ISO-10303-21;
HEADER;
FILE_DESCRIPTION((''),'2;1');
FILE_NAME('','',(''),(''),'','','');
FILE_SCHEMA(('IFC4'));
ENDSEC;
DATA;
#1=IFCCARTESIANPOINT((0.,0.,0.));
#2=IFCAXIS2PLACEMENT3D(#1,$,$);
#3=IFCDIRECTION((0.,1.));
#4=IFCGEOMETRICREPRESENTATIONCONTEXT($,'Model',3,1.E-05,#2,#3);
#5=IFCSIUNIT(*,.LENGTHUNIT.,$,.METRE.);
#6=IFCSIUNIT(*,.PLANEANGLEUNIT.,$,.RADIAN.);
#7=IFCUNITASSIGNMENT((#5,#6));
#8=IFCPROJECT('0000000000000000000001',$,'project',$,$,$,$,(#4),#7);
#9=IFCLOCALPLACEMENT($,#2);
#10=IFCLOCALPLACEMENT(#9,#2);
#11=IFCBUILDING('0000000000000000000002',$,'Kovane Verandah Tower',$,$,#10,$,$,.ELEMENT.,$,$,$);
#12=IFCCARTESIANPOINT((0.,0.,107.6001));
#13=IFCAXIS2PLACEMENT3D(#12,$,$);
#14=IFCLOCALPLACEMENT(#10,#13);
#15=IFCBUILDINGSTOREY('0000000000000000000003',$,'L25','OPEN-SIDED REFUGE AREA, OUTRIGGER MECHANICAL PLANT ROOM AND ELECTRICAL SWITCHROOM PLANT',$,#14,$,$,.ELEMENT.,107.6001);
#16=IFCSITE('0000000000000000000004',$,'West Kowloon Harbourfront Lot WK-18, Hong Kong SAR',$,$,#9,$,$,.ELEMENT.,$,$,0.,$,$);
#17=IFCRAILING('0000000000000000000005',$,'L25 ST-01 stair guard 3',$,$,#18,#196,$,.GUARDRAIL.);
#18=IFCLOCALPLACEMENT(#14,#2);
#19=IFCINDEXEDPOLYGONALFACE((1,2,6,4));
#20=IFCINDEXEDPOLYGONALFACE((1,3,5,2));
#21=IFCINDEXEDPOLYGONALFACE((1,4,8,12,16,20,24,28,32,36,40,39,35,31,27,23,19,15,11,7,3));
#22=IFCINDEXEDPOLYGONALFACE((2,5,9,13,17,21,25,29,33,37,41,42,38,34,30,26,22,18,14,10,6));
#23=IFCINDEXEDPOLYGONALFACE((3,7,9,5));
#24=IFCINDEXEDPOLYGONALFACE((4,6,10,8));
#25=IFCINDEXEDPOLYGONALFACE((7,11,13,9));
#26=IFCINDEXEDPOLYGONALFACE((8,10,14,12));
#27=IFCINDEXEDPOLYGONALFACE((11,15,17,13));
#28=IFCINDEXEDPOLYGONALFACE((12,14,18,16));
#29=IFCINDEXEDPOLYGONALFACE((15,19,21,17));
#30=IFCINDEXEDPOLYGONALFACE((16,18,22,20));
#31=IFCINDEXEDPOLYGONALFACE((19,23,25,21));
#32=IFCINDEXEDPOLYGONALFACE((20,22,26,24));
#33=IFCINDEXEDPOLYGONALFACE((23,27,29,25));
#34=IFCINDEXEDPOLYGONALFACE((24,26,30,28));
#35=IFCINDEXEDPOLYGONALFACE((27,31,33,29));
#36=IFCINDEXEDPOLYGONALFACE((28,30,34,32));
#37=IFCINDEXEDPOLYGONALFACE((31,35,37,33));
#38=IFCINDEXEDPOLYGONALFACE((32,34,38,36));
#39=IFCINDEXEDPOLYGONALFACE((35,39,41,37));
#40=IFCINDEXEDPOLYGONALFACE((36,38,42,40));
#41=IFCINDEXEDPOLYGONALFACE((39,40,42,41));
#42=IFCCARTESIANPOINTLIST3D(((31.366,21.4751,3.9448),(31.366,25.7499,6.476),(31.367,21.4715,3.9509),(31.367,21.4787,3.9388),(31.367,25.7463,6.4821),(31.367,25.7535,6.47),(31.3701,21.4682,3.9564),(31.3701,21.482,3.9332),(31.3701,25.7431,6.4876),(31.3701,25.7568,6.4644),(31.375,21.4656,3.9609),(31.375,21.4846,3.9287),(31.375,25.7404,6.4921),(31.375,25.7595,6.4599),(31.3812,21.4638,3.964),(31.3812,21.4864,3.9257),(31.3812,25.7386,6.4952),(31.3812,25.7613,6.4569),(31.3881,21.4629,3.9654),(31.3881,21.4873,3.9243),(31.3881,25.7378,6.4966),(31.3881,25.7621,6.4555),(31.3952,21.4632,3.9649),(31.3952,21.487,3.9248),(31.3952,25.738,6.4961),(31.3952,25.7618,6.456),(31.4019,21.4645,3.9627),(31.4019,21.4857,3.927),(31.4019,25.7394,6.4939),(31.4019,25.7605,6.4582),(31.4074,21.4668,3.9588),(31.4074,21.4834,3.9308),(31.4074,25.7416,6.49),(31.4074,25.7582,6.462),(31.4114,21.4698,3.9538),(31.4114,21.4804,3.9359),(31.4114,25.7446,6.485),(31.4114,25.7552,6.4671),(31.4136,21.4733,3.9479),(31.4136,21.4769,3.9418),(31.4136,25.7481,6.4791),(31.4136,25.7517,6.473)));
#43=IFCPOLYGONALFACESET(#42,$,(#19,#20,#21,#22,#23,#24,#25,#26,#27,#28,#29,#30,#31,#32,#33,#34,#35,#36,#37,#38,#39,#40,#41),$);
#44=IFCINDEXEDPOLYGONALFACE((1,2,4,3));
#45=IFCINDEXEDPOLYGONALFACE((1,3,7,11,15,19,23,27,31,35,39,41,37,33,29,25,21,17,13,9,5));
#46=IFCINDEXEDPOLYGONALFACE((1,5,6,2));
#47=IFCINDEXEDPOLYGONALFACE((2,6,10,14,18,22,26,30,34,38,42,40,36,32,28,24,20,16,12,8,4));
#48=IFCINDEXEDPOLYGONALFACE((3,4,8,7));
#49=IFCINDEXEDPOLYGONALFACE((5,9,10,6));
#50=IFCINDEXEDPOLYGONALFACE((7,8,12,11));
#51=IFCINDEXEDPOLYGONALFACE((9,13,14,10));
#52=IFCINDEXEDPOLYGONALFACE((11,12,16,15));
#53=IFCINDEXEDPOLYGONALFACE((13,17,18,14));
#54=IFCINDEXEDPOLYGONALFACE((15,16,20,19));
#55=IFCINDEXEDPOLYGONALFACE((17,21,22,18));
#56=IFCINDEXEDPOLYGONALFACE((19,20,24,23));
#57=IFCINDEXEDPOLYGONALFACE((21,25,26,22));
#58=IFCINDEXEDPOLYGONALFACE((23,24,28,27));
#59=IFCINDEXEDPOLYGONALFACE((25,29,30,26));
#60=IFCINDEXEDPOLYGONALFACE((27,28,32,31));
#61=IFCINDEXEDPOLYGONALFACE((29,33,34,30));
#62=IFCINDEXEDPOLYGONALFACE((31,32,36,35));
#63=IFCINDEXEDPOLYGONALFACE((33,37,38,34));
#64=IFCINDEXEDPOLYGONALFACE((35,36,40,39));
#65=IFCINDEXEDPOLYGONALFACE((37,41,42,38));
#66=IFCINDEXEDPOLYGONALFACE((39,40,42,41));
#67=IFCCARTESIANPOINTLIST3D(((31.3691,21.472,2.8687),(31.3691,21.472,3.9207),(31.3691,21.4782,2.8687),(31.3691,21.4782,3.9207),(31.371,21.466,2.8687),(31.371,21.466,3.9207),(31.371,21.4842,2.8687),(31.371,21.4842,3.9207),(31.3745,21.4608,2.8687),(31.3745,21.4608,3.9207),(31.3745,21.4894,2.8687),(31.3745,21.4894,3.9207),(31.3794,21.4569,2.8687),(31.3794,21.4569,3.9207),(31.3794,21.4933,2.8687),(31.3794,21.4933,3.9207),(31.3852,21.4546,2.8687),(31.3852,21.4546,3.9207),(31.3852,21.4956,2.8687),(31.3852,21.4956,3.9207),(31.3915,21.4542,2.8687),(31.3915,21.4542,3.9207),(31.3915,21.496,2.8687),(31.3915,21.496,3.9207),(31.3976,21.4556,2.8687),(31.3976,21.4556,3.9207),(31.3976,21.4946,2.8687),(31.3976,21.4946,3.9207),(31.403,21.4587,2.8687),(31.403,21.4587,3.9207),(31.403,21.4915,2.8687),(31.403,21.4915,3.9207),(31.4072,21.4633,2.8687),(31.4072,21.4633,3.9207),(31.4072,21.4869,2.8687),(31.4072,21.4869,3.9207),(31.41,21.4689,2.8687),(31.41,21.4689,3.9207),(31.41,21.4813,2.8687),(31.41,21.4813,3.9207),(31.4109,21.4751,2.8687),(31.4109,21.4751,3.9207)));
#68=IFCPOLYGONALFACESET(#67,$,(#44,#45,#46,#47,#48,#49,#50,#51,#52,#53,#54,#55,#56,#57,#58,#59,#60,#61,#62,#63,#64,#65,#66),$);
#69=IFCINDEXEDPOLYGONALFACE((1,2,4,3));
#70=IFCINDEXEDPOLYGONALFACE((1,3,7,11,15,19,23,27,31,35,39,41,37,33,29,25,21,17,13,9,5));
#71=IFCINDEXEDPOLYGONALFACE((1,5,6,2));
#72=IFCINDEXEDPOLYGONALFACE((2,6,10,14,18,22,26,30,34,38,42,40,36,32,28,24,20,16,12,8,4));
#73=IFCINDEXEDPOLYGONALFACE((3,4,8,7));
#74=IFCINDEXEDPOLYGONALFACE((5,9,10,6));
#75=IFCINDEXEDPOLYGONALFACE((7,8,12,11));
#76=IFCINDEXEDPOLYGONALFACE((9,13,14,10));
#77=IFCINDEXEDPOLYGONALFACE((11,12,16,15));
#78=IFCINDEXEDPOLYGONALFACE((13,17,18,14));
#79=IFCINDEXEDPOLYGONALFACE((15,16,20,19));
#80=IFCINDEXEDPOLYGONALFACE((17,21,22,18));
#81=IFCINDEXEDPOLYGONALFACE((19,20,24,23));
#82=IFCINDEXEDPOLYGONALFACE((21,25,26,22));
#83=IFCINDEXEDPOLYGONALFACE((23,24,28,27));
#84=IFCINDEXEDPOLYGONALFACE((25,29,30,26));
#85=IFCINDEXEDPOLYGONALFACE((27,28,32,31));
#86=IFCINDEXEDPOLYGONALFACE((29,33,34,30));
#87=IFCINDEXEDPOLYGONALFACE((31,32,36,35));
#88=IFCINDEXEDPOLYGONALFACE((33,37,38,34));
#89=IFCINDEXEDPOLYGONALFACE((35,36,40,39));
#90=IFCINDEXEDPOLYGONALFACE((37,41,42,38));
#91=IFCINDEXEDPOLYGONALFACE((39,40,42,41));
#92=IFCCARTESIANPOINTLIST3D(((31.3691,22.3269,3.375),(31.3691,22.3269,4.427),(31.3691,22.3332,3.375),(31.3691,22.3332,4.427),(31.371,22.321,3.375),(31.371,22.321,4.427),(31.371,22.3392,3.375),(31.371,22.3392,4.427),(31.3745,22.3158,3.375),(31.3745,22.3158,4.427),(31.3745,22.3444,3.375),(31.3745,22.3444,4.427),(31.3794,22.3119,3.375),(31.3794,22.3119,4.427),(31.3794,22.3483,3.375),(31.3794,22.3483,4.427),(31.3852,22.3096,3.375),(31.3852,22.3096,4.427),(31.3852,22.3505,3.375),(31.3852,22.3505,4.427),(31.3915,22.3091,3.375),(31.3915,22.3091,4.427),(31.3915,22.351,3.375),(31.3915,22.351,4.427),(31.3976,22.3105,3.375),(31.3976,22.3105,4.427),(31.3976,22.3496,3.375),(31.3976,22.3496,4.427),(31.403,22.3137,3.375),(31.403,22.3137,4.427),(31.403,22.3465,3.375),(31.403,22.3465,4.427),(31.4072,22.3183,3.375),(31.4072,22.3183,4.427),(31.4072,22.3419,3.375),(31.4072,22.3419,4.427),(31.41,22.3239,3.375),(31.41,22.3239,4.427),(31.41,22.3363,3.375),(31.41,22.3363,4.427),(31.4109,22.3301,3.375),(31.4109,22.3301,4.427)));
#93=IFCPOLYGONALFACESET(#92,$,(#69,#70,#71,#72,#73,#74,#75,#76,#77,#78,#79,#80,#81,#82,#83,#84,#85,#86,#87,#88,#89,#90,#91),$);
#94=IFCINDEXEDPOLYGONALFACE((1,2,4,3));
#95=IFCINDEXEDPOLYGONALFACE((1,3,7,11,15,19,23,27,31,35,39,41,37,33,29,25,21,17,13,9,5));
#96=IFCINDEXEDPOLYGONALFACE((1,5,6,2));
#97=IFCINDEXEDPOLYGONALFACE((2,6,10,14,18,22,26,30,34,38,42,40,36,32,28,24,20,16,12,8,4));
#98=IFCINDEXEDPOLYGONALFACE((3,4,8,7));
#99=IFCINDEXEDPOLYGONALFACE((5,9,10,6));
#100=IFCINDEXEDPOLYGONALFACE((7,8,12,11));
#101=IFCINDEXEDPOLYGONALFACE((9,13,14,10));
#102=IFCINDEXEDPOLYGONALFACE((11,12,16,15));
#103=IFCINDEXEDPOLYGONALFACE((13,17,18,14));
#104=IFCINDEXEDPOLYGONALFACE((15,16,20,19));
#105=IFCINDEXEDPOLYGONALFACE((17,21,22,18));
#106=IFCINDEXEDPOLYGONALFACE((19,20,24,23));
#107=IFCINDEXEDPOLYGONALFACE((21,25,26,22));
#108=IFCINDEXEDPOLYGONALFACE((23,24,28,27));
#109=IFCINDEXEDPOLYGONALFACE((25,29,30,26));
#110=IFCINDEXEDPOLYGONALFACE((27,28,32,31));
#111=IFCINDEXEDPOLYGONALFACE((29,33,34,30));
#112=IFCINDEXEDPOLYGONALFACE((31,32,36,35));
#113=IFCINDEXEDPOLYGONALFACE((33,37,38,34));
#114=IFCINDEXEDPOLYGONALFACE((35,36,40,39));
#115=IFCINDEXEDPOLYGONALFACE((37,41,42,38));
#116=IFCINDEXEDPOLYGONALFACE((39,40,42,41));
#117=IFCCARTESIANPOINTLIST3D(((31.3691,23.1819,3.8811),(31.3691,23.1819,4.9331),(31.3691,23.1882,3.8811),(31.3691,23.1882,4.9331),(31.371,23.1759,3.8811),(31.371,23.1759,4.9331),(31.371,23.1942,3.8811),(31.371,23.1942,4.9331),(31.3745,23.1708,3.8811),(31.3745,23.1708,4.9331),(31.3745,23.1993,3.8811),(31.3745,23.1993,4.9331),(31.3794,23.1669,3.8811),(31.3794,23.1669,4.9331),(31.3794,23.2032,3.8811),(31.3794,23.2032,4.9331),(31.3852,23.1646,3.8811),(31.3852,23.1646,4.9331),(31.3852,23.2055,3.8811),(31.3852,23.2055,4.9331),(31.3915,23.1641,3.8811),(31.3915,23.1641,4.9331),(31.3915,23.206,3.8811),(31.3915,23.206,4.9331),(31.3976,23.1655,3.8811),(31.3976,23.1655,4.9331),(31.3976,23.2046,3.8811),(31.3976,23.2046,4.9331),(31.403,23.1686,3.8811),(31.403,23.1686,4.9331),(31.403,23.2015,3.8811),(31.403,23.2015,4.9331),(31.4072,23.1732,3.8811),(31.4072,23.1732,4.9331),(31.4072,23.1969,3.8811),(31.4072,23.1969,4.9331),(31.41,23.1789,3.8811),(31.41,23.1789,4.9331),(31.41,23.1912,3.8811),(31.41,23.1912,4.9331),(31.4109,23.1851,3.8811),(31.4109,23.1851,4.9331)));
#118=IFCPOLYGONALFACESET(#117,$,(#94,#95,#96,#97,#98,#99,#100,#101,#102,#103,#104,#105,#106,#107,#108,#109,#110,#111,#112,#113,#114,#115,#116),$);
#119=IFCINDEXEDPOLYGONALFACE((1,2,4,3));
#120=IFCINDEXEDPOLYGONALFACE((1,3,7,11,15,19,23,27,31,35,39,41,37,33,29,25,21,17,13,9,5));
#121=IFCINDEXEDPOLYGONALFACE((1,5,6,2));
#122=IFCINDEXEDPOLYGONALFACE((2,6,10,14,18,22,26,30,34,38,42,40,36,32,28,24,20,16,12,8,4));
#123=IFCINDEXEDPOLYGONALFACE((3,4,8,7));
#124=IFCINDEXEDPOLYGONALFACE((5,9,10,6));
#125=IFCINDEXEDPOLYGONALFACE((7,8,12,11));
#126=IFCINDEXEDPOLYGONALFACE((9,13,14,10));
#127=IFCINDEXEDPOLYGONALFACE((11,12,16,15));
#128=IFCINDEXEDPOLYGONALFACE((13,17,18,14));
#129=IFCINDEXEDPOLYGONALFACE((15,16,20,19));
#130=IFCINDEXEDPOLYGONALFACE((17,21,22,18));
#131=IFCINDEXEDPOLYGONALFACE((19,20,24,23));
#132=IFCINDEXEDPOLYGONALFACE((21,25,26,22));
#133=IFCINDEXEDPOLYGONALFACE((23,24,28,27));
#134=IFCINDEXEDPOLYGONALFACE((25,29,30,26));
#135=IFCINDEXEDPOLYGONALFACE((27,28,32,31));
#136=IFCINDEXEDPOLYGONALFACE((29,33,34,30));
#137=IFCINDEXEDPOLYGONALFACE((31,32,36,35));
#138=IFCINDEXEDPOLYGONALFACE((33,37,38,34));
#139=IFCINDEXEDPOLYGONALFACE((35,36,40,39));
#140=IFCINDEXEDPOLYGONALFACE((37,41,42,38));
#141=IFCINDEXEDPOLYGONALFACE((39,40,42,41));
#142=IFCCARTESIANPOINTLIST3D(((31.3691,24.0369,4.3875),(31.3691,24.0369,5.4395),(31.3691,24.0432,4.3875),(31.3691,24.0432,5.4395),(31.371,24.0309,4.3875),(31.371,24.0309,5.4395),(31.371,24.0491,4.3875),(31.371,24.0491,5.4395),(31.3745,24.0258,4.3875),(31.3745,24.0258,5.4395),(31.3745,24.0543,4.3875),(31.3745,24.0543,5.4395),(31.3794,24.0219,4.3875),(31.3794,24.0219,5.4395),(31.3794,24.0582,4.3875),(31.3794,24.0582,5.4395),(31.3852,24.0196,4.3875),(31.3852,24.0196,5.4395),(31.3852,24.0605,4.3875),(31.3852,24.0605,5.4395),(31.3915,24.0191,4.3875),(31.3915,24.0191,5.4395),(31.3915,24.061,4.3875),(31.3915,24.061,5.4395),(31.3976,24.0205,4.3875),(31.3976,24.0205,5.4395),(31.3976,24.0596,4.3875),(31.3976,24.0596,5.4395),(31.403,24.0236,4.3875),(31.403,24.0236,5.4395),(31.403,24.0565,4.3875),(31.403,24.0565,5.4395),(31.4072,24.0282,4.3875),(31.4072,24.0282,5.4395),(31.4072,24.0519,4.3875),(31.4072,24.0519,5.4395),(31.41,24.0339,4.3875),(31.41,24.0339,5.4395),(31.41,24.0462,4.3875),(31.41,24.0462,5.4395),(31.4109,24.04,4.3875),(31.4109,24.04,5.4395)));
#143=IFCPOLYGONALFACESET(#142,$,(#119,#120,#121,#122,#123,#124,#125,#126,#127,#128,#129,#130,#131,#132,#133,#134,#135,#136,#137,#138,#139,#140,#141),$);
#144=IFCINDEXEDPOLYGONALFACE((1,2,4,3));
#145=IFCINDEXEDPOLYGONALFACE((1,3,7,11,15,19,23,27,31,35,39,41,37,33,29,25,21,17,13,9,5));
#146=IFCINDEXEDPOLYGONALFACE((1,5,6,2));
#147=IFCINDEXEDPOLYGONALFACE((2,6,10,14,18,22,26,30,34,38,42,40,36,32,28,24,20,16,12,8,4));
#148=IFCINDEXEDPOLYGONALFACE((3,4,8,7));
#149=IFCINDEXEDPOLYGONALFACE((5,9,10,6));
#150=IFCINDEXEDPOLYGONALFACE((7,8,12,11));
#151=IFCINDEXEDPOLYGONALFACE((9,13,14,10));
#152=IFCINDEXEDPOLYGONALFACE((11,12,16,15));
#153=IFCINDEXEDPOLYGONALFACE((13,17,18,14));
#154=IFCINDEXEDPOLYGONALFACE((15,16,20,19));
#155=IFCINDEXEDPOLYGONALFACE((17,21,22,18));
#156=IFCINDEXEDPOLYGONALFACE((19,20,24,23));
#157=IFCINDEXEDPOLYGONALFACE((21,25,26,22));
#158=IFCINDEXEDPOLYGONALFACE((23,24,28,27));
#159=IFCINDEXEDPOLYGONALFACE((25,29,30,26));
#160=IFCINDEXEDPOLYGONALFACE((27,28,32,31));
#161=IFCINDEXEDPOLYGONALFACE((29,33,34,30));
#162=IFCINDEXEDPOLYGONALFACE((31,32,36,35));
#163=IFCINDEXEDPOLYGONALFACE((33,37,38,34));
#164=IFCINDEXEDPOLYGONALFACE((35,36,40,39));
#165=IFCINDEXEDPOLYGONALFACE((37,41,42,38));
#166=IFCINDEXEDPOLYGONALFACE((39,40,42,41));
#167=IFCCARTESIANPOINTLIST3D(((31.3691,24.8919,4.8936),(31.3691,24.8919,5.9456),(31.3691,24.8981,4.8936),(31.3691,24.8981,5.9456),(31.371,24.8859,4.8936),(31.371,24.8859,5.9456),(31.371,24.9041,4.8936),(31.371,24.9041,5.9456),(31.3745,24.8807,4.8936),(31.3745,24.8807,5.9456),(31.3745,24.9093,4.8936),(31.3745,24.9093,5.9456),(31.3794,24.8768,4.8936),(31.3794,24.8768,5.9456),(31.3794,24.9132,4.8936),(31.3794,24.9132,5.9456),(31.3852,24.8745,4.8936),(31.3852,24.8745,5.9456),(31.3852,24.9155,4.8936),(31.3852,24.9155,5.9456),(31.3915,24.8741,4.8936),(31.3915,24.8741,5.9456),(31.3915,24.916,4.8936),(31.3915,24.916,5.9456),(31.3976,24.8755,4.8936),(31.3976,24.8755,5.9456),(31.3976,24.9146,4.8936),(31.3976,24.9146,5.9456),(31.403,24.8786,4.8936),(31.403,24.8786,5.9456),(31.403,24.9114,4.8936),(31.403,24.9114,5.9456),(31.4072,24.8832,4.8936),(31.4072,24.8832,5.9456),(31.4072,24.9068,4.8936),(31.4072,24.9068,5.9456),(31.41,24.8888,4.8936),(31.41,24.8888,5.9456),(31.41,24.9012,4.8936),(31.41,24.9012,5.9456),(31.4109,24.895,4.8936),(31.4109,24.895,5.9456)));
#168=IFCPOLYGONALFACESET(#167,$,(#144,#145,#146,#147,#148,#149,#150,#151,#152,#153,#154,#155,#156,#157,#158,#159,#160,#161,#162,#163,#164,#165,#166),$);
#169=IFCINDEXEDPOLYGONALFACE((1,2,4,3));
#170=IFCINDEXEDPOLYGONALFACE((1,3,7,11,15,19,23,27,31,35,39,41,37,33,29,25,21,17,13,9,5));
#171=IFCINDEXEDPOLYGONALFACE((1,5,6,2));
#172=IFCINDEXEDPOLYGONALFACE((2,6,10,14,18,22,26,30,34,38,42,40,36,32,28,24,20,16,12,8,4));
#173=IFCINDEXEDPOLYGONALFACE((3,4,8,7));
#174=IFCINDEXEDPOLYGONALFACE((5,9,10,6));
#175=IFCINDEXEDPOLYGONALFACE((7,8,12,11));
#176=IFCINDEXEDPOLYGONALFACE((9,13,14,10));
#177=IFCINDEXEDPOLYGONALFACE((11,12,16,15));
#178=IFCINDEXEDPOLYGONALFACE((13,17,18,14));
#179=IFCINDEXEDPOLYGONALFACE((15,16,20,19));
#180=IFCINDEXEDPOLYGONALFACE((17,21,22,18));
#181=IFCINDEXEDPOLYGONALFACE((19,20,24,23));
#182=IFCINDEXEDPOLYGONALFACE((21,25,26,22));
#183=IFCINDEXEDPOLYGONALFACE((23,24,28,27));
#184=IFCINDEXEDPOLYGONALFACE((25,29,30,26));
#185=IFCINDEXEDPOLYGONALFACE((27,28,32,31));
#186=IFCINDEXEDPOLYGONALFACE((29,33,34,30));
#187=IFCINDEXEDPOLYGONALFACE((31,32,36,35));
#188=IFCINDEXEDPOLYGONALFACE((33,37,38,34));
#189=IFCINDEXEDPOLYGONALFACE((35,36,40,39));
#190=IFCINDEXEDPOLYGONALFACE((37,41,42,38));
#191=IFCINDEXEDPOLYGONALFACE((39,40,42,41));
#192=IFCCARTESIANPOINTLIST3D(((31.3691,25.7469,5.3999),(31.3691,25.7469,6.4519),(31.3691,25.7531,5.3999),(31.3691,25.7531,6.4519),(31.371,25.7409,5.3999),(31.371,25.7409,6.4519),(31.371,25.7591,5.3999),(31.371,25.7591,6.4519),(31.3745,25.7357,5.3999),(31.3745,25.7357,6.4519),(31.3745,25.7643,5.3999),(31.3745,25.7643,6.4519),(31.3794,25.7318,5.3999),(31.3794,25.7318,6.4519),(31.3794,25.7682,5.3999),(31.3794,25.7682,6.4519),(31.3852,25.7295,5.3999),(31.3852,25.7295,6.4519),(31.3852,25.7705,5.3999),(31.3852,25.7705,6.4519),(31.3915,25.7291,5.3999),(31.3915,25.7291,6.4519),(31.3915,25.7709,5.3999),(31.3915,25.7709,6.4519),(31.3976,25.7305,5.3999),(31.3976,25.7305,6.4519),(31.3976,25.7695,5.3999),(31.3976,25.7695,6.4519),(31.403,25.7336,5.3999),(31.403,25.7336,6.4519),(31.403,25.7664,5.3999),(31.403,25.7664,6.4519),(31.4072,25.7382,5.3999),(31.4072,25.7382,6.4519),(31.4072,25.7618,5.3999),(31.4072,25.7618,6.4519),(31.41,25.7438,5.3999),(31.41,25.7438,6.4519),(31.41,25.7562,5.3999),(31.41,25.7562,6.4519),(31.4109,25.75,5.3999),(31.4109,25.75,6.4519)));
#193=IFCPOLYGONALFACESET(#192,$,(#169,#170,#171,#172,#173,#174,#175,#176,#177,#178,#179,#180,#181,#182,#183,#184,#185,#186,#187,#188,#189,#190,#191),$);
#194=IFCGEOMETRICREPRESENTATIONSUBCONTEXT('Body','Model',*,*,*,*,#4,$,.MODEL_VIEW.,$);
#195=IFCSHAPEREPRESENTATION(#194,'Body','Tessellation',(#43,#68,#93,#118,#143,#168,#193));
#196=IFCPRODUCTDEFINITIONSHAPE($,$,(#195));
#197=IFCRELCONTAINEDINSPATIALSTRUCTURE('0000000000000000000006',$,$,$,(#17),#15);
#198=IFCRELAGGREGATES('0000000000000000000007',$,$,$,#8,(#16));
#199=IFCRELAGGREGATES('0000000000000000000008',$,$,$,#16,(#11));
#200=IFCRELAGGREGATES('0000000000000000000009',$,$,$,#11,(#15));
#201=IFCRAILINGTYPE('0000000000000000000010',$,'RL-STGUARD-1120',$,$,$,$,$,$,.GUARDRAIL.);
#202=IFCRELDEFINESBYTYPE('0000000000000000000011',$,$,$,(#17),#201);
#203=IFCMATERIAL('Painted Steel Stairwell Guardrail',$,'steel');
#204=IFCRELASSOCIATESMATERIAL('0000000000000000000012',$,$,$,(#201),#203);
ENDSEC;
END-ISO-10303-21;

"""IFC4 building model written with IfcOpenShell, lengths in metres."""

from ifc_helpers import new_model, si_unit, direction, frame, origin, origin_2d, place, context, subcontext, project, spatial, circle, extrude, material, type_object, element, save


model = new_model("IFC4")

# Units and contexts
model_context = context("Model", 3, precision=1e-05, world=origin(), true_north=direction((0.0, 1.0)))
body_context = subcontext(model_context, "Body", "Model", "MODEL_VIEW")
ifc_project = project(units=[si_unit("LENGTHUNIT", "METRE"), si_unit("PLANEANGLEUNIT", "RADIAN")], contexts=[model_context])

# Site, building, storey
site_placement = place(None, origin())
site = spatial("IfcSite", under=ifc_project, at=site_placement, Name="West Kowloon Harbourfront Lot WK-18, Hong Kong SAR", CompositionType="ELEMENT", RefElevation=0.0)
building_placement = place(site_placement, origin())
building = spatial("IfcBuilding", under=site, at=building_placement, Name="Kovane Verandah Tower", CompositionType="ELEMENT")
storey_placement = place(building_placement, frame((0.0, 0.0, 107.6001)))
storey = spatial("IfcBuildingStorey", under=building, at=storey_placement, Name="L25", Description="OPEN-SIDED REFUGE AREA, OUTRIGGER MECHANICAL PLANT ROOM AND ELECTRICAL SWITCHROOM PLANT", CompositionType="ELEMENT", Elevation=107.6001)

# Railing
ifc_material_1 = material(Name="Painted Steel Stairwell Guardrail", Category="steel")
railing_type_1 = type_object("IfcRailingType", Name="RL-STGUARD-1120", PredefinedType="GUARDRAIL", material=ifc_material_1)
railing_1_placement = place(storey_placement, frame((31.3899, 21.4751, 2.8687)))
element("IfcRailing", 1, at=railing_1_placement, inside=storey, type_object=railing_type_1, Name="L25 ST-01 stair guard 3", PredefinedType="GUARDRAIL", context=body_context, shape_type="SweptSolid", body=[
    extrude(circle(Radius=0.0239, at=origin_2d()), frame((0.0, 0.0, 1.0762), z_axis=(0.0, 0.86047, 0.509501), x_axis=(-1.0, 0.0, 0.0)), (0.0, 0.0, 1.0), 4.968),
    extrude(circle(Radius=0.021, at=origin_2d()), origin(), (0.0, 0.0, 1.0), 1.052),
    extrude(circle(Radius=0.021, at=origin_2d()), frame((0.0, 0.855, 0.5063)), (0.0, 0.0, 1.0), 1.052),
    extrude(circle(Radius=0.021, at=origin_2d()), frame((0.0, 1.71, 1.0125)), (0.0, 0.0, 1.0), 1.052),
    extrude(circle(Radius=0.021, at=origin_2d()), frame((0.0, 2.5649, 1.5188)), (0.0, 0.0, 1.0), 1.052),
    extrude(circle(Radius=0.021, at=origin_2d()), frame((0.0, 3.4199, 2.0249)), (0.0, 0.0, 1.0), 1.052),
    extrude(circle(Radius=0.021, at=origin_2d()), frame((0.0, 4.2749, 2.5312)), (0.0, 0.0, 1.0), 1.052),
])

save(model, "model.ifc")
